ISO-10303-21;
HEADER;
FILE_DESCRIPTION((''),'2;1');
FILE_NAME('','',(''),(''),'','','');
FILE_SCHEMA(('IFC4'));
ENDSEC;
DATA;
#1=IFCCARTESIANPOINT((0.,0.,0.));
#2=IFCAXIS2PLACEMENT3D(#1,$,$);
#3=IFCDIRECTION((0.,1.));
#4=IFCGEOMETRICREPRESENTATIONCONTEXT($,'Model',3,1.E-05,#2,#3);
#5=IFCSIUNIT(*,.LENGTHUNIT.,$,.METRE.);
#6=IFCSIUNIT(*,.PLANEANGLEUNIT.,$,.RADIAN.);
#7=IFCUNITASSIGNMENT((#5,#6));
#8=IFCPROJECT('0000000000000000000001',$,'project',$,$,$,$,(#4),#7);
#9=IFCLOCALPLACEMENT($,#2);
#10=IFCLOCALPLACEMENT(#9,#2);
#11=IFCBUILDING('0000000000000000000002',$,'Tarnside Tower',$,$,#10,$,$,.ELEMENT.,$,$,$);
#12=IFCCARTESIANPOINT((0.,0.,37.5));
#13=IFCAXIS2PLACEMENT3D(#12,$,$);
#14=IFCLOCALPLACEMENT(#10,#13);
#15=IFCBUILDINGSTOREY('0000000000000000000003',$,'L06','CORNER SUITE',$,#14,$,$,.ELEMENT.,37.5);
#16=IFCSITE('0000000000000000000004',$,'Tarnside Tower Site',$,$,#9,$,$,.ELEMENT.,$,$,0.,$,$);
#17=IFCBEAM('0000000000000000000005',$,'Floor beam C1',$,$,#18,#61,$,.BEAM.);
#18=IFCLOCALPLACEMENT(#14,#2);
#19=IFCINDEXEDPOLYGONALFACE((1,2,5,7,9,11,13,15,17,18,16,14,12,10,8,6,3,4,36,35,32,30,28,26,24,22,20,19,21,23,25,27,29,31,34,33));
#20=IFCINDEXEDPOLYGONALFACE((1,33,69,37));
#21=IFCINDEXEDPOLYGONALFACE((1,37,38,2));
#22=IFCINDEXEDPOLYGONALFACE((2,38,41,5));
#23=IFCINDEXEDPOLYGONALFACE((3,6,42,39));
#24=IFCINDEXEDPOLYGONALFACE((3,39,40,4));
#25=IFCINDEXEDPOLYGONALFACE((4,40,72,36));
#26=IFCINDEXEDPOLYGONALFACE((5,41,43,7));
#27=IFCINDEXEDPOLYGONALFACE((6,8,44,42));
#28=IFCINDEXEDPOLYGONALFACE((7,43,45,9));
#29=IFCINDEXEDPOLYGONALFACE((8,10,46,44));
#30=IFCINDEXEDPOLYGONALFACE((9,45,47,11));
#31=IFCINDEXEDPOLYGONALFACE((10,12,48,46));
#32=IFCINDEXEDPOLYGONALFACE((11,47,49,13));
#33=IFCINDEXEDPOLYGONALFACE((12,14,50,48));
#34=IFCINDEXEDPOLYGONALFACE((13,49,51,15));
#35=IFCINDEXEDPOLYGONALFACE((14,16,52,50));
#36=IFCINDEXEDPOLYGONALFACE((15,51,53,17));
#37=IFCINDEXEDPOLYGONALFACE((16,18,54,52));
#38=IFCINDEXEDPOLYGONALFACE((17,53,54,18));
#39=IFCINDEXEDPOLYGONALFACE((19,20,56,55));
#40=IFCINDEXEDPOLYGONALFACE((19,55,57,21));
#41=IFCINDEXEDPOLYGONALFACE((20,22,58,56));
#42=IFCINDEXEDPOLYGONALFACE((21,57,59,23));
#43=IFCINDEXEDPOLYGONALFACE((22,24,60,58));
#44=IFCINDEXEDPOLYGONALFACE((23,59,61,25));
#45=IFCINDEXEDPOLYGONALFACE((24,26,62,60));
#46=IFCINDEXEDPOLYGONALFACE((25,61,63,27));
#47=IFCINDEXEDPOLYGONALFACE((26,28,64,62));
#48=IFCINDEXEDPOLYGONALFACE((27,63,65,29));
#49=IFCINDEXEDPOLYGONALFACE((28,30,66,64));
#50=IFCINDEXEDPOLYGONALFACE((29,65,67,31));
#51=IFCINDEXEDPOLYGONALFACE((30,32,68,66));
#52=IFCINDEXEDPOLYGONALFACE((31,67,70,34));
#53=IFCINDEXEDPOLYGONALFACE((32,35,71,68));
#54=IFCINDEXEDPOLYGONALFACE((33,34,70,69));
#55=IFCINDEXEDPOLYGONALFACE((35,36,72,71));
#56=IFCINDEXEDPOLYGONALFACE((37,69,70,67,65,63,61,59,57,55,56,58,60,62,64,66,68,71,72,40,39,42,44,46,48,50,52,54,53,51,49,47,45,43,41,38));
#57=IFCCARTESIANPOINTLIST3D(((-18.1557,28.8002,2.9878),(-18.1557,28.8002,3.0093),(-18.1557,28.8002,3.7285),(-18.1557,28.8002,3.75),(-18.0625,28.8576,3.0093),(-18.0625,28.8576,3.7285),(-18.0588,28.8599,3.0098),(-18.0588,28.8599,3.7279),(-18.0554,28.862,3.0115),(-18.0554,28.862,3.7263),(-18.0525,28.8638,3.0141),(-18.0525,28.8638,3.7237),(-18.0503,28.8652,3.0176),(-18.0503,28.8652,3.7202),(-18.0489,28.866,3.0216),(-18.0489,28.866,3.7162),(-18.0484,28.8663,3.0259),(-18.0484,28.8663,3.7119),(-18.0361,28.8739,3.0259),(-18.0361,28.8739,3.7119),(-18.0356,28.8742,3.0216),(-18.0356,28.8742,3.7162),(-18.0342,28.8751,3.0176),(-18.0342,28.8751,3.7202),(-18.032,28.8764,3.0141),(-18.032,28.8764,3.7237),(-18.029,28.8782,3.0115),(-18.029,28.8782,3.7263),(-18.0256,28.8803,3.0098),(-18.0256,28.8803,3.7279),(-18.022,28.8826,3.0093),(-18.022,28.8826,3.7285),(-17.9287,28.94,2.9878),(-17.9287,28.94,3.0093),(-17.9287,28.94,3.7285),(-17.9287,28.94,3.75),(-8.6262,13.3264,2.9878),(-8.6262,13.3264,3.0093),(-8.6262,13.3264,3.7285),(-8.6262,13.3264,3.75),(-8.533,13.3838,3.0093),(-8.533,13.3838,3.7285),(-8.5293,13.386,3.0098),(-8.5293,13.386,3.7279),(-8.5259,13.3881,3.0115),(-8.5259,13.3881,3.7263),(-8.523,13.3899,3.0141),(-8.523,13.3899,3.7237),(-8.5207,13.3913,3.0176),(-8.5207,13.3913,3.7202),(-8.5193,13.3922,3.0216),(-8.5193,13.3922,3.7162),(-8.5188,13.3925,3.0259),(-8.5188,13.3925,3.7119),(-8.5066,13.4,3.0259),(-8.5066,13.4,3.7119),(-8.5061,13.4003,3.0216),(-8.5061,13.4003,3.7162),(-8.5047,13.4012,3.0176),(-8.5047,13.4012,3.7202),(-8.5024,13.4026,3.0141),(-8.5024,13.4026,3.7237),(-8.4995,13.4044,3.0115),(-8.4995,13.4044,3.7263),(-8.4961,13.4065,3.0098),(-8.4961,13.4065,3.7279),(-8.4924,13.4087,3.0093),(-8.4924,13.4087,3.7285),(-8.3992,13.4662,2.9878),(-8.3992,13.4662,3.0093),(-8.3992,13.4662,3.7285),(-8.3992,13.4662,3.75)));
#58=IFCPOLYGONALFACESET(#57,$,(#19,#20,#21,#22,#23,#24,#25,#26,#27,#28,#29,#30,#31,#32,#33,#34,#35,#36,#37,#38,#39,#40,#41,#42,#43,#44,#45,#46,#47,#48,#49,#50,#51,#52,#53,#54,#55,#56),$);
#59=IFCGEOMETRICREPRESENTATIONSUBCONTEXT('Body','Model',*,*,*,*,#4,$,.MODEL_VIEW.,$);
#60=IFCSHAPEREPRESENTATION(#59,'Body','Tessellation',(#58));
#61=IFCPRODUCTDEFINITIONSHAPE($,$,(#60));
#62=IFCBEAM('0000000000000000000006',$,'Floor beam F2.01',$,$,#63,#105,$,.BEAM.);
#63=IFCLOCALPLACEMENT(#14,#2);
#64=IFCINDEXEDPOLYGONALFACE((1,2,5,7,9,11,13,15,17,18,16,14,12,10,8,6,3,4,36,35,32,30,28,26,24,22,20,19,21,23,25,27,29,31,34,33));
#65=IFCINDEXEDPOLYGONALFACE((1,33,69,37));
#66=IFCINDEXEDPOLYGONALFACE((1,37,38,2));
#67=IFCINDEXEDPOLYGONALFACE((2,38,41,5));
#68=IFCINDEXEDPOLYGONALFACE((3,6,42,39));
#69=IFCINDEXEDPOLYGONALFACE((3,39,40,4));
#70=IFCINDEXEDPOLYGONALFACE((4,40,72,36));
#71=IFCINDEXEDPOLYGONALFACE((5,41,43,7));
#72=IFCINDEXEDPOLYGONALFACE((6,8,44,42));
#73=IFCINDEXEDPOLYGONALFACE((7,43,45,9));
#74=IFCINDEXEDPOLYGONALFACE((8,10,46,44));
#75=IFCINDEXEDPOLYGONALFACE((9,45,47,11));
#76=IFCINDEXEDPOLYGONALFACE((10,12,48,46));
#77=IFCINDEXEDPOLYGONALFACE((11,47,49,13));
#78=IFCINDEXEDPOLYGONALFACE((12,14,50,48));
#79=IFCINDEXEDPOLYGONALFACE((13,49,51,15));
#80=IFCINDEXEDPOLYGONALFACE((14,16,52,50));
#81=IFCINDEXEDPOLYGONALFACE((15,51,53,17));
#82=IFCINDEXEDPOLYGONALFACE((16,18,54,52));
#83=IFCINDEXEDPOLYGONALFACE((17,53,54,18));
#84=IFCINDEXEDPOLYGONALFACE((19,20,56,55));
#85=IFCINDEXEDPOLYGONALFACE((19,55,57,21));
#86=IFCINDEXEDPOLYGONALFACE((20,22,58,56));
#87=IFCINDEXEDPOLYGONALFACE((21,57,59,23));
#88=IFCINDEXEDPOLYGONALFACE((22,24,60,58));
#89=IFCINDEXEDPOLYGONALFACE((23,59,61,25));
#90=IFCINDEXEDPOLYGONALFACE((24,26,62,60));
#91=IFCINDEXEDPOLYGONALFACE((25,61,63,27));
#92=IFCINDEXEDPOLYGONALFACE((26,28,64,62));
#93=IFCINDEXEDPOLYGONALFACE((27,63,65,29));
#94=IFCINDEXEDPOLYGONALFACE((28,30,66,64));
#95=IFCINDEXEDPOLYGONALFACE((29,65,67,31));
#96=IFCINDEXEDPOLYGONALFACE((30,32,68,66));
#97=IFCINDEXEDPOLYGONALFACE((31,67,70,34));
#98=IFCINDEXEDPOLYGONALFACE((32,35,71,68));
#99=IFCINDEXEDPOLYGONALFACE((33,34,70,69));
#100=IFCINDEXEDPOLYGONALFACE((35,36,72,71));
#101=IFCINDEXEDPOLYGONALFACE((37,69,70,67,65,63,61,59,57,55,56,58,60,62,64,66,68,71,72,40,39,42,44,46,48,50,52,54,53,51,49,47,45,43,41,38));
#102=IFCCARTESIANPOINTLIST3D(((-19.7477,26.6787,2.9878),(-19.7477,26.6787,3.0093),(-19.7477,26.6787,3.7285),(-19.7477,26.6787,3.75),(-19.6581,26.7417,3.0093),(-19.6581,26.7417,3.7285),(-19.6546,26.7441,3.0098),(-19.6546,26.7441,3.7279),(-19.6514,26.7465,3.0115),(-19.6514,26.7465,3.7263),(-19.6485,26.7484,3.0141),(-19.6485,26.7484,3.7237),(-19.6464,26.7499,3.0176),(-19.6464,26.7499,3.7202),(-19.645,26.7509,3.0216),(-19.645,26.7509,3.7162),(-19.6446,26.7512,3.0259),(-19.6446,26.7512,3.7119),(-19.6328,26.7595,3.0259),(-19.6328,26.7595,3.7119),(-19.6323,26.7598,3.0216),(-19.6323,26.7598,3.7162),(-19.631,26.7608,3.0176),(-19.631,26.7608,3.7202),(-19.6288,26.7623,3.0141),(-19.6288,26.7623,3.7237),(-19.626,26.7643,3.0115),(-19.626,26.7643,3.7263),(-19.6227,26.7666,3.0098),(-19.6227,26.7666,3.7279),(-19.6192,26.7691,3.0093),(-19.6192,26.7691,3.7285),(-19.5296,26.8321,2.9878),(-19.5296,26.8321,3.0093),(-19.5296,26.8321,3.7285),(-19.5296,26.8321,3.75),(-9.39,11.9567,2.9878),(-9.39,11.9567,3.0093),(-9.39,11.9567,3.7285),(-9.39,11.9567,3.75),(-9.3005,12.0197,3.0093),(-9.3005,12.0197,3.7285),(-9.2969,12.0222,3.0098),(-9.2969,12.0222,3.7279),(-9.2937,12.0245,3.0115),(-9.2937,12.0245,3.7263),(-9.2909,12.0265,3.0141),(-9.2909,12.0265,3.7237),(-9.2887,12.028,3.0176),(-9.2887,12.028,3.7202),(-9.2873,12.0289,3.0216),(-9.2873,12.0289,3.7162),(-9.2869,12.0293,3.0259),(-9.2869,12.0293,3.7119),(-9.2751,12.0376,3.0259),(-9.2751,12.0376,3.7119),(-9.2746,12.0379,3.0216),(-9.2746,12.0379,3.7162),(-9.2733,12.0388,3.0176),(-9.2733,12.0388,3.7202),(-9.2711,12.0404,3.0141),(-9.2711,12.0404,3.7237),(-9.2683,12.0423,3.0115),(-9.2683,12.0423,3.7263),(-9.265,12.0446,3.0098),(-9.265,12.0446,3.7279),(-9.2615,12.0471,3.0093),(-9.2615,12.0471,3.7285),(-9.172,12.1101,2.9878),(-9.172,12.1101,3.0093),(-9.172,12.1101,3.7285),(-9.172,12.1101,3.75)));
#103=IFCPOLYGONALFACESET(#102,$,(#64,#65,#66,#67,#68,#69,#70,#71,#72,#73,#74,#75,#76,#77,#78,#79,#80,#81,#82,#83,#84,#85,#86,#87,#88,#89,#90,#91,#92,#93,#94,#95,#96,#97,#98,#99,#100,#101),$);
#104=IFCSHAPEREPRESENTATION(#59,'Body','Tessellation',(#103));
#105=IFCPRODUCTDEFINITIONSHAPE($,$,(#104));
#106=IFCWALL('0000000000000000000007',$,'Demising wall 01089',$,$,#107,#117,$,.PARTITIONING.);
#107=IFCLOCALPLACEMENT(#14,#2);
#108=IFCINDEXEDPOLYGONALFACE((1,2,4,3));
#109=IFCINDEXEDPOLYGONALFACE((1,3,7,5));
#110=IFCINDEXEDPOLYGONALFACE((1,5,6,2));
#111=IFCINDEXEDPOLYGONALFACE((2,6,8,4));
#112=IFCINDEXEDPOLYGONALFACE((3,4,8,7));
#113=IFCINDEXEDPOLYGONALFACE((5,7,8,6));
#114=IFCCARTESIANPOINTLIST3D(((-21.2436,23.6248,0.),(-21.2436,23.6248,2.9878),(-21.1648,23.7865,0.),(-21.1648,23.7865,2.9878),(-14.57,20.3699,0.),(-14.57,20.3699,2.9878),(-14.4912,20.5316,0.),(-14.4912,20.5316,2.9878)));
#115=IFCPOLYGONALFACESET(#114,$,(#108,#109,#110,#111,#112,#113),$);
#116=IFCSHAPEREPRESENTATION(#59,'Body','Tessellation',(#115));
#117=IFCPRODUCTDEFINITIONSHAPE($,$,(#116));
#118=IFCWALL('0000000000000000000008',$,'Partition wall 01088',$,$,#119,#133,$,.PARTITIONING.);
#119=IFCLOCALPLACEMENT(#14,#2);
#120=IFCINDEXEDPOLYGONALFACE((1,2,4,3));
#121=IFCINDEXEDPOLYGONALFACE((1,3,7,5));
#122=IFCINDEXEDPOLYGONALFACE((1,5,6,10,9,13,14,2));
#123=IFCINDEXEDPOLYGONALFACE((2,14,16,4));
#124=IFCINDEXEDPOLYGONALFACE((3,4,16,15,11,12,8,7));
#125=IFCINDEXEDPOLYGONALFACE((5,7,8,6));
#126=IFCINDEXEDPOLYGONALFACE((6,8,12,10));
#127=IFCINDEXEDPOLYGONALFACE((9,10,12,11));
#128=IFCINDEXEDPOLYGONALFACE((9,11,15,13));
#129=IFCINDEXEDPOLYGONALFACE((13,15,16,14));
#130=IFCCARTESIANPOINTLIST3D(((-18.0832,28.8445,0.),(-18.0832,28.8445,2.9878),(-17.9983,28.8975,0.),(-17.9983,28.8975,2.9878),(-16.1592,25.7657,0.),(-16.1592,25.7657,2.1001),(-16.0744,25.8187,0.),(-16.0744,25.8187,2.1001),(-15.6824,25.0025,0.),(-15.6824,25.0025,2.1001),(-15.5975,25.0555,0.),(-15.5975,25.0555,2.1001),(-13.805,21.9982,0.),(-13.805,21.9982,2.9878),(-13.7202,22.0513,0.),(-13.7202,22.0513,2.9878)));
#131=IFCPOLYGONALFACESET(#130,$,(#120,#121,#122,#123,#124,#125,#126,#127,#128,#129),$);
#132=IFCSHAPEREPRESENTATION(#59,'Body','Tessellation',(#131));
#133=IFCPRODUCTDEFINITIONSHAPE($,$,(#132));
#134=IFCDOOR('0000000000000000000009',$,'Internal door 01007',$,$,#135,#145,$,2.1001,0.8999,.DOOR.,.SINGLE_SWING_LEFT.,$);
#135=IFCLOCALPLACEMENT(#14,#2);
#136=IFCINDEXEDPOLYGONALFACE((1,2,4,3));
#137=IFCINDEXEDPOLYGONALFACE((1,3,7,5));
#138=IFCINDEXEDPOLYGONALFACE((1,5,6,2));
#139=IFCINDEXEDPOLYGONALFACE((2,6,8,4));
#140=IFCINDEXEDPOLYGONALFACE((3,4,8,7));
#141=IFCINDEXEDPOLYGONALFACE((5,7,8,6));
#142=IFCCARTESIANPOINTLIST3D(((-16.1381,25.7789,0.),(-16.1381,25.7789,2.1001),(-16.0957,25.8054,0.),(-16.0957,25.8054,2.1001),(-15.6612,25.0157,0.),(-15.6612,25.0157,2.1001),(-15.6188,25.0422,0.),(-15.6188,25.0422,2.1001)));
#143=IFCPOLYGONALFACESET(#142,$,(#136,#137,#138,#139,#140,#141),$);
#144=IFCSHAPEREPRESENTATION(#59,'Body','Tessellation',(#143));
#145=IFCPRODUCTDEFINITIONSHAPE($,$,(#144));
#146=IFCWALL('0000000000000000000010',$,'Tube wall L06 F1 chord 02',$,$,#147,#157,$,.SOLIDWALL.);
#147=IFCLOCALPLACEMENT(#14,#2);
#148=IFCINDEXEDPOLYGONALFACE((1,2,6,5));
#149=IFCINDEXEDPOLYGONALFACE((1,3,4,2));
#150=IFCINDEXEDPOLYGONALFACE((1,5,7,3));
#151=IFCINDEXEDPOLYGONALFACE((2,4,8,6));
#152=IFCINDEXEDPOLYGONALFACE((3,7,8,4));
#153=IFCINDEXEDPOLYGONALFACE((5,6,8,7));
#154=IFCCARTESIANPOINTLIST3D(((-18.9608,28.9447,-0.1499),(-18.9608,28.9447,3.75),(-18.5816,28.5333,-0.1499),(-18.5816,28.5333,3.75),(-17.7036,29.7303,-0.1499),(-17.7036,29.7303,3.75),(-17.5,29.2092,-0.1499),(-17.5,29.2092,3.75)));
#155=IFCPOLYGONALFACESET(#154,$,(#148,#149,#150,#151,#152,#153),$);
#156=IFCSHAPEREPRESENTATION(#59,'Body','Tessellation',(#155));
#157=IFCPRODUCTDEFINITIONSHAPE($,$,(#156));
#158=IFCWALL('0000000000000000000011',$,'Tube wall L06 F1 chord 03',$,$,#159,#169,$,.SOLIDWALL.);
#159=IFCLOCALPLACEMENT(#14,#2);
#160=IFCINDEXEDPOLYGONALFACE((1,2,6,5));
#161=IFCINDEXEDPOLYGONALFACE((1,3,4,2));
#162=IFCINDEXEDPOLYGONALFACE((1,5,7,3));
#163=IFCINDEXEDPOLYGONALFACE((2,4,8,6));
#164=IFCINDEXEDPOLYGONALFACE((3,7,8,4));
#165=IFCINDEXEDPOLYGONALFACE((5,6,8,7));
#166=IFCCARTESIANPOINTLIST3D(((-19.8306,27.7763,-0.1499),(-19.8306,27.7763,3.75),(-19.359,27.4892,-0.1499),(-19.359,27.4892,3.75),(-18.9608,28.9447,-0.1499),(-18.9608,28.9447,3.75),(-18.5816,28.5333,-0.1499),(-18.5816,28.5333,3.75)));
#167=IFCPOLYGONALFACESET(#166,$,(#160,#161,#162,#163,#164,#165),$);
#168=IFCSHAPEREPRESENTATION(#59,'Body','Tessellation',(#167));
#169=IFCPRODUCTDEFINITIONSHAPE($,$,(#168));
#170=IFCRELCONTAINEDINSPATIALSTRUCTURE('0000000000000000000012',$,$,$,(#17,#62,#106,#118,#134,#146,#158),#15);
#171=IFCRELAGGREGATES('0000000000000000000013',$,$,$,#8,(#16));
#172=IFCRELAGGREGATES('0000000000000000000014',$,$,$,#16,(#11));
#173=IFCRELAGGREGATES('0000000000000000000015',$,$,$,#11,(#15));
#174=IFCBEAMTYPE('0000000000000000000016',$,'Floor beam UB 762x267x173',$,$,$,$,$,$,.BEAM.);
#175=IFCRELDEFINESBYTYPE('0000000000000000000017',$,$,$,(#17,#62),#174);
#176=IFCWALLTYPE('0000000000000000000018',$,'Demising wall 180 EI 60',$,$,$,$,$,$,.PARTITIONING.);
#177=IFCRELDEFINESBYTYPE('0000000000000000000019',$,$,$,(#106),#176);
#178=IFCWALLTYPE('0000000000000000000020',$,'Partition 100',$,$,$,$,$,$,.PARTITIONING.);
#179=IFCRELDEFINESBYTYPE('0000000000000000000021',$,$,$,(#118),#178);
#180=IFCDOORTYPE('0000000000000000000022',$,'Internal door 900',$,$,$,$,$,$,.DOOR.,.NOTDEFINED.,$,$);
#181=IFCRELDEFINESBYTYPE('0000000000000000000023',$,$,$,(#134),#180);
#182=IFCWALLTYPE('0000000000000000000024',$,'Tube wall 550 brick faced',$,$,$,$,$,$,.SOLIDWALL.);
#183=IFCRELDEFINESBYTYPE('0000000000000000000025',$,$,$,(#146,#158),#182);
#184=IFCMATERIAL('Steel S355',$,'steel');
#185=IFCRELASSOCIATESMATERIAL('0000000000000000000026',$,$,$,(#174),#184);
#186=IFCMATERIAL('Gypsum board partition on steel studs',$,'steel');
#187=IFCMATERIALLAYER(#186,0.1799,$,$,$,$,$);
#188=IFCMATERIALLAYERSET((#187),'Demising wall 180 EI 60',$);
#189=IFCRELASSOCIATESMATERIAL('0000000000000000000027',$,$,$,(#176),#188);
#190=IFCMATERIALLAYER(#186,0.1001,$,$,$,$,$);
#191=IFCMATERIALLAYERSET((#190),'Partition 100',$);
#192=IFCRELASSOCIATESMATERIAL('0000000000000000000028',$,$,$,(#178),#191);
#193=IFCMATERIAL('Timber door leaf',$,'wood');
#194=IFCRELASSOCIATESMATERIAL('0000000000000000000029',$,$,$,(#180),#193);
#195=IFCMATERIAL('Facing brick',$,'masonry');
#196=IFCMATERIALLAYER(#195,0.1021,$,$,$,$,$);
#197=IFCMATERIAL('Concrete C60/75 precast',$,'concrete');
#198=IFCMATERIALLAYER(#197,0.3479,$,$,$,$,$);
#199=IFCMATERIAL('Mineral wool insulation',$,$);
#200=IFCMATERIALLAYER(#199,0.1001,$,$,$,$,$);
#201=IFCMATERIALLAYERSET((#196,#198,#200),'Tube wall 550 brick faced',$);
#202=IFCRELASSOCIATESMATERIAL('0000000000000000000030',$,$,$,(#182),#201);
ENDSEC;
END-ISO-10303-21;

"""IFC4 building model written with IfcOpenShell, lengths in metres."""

from ifc_helpers import new_model, si_unit, direction, frame, frame_2d, origin, origin_2d, place, context, subcontext, project, spatial, polyline, rectangle, i_section, outline, extrude, material, layer, layer_set, material_profile, profile_set, type_object, element, fill, save


model = new_model("IFC4")

# Units and contexts
model_context = context("Model", 3, precision=1e-05, world=origin(), true_north=direction((0.0, 1.0)))
body_context = subcontext(model_context, "Body", "Model", "MODEL_VIEW")
ifc_project = project(units=[si_unit("LENGTHUNIT", "METRE"), si_unit("PLANEANGLEUNIT", "RADIAN")], contexts=[model_context])

# Site, building, storey
site_placement = place(None, origin())
site = spatial("IfcSite", under=ifc_project, at=site_placement, Name="Tarnside Tower Site", CompositionType="ELEMENT", RefElevation=0.0)
building_placement = place(site_placement, origin())
building = spatial("IfcBuilding", under=site, at=building_placement, Name="Tarnside Tower", CompositionType="ELEMENT")
storey_placement = place(building_placement, frame((0.0, 0.0, 37.5)))
storey = spatial("IfcBuildingStorey", under=building, at=storey_placement, Name="L06", Description="CORNER SUITE", CompositionType="ELEMENT", Elevation=37.5)

# Beams
ifc_material_1 = material(Name="Steel S355", Category="steel")
ifc_material_profile = material_profile(ifc_material_1, i_section(OverallWidth=0.2666, OverallDepth=0.7622, WebThickness=0.0144, FlangeThickness=0.0215, FilletRadius=0.0166, at=origin_2d()), Name="UB 762x267x173")
ifc_profile_set = profile_set([ifc_material_profile], Name="Steel S355")
beam_type = type_object("IfcBeamType", Name="Floor beam UB 762x267x173", PredefinedType="BEAM", material=ifc_profile_set)
beam_1_placement = place(storey_placement, frame((-18.0422, 28.8701, 3.3689), z_axis=(0.524383, -0.851483, 0.0), x_axis=(0.851483, 0.524383, 0.0)))
element("IfcBeam", 1, at=beam_1_placement, inside=storey, type_object=beam_type, Name="Floor beam C1", PredefinedType="BEAM", context=body_context, shape_type="SweptSolid", body=[
    extrude(i_section(OverallWidth=0.2666, OverallDepth=0.7622, WebThickness=0.0144, FlangeThickness=0.0215, FilletRadius=0.0166, at=origin_2d()), origin(), (0.0, 0.0, 1.0), 18.1729),
])
beam_2_placement = place(storey_placement, frame((-19.6387, 26.7554, 3.3689), z_axis=(0.575411, -0.817864, 0.0), x_axis=(0.817864, 0.575411, 0.0)))
element("IfcBeam", 2, at=beam_2_placement, inside=storey, type_object=beam_type, Name="Floor beam F2.01", PredefinedType="BEAM", context=body_context, shape_type="SweptSolid", body=[
    extrude(i_section(OverallWidth=0.2666, OverallDepth=0.7622, WebThickness=0.0144, FlangeThickness=0.0215, FilletRadius=0.0166, at=origin_2d()), origin(), (0.0, 0.0, 1.0), 18.0005),
])

# Wall
ifc_material_2 = material(Name="Gypsum board partition on steel studs", Category="steel")
ifc_layer_1 = layer(ifc_material_2, 0.1799)
ifc_layer_set_1 = layer_set([ifc_layer_1], Name="Demising wall 180 EI 60")
wall_type_1 = type_object("IfcWallType", Name="Demising wall 180 EI 60", PredefinedType="PARTITIONING", material=ifc_layer_set_1)
wall_1_placement = place(storey_placement, frame((-21.2041, 23.7056, 0.0), z_axis=(0.0, 0.0, 1.0), x_axis=(0.898796, -0.438367, 0.0)))
element("IfcWall", 3, at=wall_1_placement, inside=storey, type_object=wall_type_1, Name="Demising wall 01089", PredefinedType="PARTITIONING", context=body_context, shape_type="SweptSolid", body=[
    extrude(rectangle(XDim=7.425, YDim=0.1799, at=frame_2d((3.7124, 0.0))), origin(), (0.0, 0.0, 1.0), 2.9878),
])

# Wall, opening, door
ifc_layer_2 = layer(ifc_material_2, 0.1001)
ifc_layer_set_2 = layer_set([ifc_layer_2], Name="Partition 100")
wall_type_2 = type_object("IfcWallType", Name="Partition 100", PredefinedType="PARTITIONING", material=ifc_layer_set_2)
wall_2_placement = place(storey_placement, frame((-18.0408, 28.8711, 0.0), z_axis=(0.0, 0.0, 1.0), x_axis=(0.529928, -0.848042, 0.0)))
wall_2 = element("IfcWall", 4, at=wall_2_placement, inside=storey, type_object=wall_type_2, Name="Partition wall 01088", PredefinedType="PARTITIONING", context=body_context, shape_type="SweptSolid", body=[
    extrude(rectangle(XDim=8.073, YDim=0.1001, at=frame_2d((4.0366, 0.0))), origin(), (0.0, 0.0, 1.0), 2.9878),
])
opening_1_placement = place(wall_2_placement, frame((3.6306, 0.0, 0.0)))
opening_1 = element("IfcOpeningElement", 5, at=opening_1_placement, cuts=wall_2, PredefinedType="OPENING", context=body_context, shape_type="SweptSolid", body=[
    extrude(rectangle(XDim=0.8999, YDim=2.1001, at=frame_2d((0.45, 1.05))), frame((0.0, 0.0601, 0.0), z_axis=(0.0, -1.0, 0.0), x_axis=(1.0, 0.0, 0.0)), (0.0, 0.0, 1.0), 0.1201),
])
ifc_material_3 = material(Name="Timber door leaf", Category="wood")
door_type = type_object("IfcDoorType", Name="Internal door 900", OperationType="NOTDEFINED", PredefinedType="DOOR", material=ifc_material_3)
door_placement = place(opening_1_placement, origin())
door = element("IfcDoor", 6, at=door_placement, inside=storey, type_object=door_type, Name="Internal door 01007", OperationType="SINGLE_SWING_LEFT", OverallHeight=2.1001, OverallWidth=0.8999, PredefinedType="DOOR", context=body_context, shape_type="SweptSolid", body=[
    extrude(rectangle(XDim=0.8999, YDim=2.1001, at=frame_2d((0.45, 1.05))), frame((0.0, 0.0249, 0.0), z_axis=(0.0, -1.0, 0.0), x_axis=(1.0, 0.0, 0.0)), (0.0, 0.0, 1.0), 0.05),
])
fill(opening_1, door)

# Walls
ifc_material_4 = material(Name="Facing brick", Category="masonry")
ifc_layer_3 = layer(ifc_material_4, 0.1021)
ifc_material_5 = material(Name="Concrete C60/75 precast", Category="concrete")
ifc_layer_4 = layer(ifc_material_5, 0.3479)
ifc_material_6 = material(Name="Mineral wool insulation")
ifc_layer_5 = layer(ifc_material_6, 0.1001)
ifc_layer_set_3 = layer_set([ifc_layer_3, ifc_layer_4, ifc_layer_5], Name="Tube wall 550 brick faced")
wall_type_3 = type_object("IfcWallType", Name="Tube wall 550 brick faced", PredefinedType="SOLIDWALL", material=ifc_layer_set_3)
wall_3_placement = place(storey_placement, frame((-17.6018, 29.4697, -0.1499), z_axis=(0.0, 0.0, 1.0), x_axis=(-0.848058, -0.529903, 0.0)))
element("IfcWall", 7, at=wall_3_placement, inside=storey, type_object=wall_type_3, Name="Tube wall L06 F1 chord 02", PredefinedType="SOLIDWALL", context=body_context, shape_type="SweptSolid", body=[
    extrude(outline(polyline([(-0.0518, -0.2749), (1.4307, -0.2749), (1.3271, 0.2749), (0.0518, 0.2749), (-0.0518, -0.2749)])), origin(), (0.0, 0.0, 1.0), 3.8999),
])
wall_4_placement = place(storey_placement, frame((-18.7712, 28.739, -0.1499), z_axis=(0.0, 0.0, 1.0), x_axis=(-0.597135, -0.802141, 0.0)))
element("IfcWall", 8, at=wall_4_placement, inside=storey, type_object=wall_type_3, Name="Tube wall L06 F1 chord 03", PredefinedType="SOLIDWALL", context=body_context, shape_type="SweptSolid", body=[
    extrude(outline(polyline([(-0.0518, -0.2749), (1.4048, -0.2749), (1.3535, 0.2749), (0.0518, 0.2749), (-0.0518, -0.2749)])), origin(), (0.0, 0.0, 1.0), 3.8999),
])

save(model, "model.ifc")
